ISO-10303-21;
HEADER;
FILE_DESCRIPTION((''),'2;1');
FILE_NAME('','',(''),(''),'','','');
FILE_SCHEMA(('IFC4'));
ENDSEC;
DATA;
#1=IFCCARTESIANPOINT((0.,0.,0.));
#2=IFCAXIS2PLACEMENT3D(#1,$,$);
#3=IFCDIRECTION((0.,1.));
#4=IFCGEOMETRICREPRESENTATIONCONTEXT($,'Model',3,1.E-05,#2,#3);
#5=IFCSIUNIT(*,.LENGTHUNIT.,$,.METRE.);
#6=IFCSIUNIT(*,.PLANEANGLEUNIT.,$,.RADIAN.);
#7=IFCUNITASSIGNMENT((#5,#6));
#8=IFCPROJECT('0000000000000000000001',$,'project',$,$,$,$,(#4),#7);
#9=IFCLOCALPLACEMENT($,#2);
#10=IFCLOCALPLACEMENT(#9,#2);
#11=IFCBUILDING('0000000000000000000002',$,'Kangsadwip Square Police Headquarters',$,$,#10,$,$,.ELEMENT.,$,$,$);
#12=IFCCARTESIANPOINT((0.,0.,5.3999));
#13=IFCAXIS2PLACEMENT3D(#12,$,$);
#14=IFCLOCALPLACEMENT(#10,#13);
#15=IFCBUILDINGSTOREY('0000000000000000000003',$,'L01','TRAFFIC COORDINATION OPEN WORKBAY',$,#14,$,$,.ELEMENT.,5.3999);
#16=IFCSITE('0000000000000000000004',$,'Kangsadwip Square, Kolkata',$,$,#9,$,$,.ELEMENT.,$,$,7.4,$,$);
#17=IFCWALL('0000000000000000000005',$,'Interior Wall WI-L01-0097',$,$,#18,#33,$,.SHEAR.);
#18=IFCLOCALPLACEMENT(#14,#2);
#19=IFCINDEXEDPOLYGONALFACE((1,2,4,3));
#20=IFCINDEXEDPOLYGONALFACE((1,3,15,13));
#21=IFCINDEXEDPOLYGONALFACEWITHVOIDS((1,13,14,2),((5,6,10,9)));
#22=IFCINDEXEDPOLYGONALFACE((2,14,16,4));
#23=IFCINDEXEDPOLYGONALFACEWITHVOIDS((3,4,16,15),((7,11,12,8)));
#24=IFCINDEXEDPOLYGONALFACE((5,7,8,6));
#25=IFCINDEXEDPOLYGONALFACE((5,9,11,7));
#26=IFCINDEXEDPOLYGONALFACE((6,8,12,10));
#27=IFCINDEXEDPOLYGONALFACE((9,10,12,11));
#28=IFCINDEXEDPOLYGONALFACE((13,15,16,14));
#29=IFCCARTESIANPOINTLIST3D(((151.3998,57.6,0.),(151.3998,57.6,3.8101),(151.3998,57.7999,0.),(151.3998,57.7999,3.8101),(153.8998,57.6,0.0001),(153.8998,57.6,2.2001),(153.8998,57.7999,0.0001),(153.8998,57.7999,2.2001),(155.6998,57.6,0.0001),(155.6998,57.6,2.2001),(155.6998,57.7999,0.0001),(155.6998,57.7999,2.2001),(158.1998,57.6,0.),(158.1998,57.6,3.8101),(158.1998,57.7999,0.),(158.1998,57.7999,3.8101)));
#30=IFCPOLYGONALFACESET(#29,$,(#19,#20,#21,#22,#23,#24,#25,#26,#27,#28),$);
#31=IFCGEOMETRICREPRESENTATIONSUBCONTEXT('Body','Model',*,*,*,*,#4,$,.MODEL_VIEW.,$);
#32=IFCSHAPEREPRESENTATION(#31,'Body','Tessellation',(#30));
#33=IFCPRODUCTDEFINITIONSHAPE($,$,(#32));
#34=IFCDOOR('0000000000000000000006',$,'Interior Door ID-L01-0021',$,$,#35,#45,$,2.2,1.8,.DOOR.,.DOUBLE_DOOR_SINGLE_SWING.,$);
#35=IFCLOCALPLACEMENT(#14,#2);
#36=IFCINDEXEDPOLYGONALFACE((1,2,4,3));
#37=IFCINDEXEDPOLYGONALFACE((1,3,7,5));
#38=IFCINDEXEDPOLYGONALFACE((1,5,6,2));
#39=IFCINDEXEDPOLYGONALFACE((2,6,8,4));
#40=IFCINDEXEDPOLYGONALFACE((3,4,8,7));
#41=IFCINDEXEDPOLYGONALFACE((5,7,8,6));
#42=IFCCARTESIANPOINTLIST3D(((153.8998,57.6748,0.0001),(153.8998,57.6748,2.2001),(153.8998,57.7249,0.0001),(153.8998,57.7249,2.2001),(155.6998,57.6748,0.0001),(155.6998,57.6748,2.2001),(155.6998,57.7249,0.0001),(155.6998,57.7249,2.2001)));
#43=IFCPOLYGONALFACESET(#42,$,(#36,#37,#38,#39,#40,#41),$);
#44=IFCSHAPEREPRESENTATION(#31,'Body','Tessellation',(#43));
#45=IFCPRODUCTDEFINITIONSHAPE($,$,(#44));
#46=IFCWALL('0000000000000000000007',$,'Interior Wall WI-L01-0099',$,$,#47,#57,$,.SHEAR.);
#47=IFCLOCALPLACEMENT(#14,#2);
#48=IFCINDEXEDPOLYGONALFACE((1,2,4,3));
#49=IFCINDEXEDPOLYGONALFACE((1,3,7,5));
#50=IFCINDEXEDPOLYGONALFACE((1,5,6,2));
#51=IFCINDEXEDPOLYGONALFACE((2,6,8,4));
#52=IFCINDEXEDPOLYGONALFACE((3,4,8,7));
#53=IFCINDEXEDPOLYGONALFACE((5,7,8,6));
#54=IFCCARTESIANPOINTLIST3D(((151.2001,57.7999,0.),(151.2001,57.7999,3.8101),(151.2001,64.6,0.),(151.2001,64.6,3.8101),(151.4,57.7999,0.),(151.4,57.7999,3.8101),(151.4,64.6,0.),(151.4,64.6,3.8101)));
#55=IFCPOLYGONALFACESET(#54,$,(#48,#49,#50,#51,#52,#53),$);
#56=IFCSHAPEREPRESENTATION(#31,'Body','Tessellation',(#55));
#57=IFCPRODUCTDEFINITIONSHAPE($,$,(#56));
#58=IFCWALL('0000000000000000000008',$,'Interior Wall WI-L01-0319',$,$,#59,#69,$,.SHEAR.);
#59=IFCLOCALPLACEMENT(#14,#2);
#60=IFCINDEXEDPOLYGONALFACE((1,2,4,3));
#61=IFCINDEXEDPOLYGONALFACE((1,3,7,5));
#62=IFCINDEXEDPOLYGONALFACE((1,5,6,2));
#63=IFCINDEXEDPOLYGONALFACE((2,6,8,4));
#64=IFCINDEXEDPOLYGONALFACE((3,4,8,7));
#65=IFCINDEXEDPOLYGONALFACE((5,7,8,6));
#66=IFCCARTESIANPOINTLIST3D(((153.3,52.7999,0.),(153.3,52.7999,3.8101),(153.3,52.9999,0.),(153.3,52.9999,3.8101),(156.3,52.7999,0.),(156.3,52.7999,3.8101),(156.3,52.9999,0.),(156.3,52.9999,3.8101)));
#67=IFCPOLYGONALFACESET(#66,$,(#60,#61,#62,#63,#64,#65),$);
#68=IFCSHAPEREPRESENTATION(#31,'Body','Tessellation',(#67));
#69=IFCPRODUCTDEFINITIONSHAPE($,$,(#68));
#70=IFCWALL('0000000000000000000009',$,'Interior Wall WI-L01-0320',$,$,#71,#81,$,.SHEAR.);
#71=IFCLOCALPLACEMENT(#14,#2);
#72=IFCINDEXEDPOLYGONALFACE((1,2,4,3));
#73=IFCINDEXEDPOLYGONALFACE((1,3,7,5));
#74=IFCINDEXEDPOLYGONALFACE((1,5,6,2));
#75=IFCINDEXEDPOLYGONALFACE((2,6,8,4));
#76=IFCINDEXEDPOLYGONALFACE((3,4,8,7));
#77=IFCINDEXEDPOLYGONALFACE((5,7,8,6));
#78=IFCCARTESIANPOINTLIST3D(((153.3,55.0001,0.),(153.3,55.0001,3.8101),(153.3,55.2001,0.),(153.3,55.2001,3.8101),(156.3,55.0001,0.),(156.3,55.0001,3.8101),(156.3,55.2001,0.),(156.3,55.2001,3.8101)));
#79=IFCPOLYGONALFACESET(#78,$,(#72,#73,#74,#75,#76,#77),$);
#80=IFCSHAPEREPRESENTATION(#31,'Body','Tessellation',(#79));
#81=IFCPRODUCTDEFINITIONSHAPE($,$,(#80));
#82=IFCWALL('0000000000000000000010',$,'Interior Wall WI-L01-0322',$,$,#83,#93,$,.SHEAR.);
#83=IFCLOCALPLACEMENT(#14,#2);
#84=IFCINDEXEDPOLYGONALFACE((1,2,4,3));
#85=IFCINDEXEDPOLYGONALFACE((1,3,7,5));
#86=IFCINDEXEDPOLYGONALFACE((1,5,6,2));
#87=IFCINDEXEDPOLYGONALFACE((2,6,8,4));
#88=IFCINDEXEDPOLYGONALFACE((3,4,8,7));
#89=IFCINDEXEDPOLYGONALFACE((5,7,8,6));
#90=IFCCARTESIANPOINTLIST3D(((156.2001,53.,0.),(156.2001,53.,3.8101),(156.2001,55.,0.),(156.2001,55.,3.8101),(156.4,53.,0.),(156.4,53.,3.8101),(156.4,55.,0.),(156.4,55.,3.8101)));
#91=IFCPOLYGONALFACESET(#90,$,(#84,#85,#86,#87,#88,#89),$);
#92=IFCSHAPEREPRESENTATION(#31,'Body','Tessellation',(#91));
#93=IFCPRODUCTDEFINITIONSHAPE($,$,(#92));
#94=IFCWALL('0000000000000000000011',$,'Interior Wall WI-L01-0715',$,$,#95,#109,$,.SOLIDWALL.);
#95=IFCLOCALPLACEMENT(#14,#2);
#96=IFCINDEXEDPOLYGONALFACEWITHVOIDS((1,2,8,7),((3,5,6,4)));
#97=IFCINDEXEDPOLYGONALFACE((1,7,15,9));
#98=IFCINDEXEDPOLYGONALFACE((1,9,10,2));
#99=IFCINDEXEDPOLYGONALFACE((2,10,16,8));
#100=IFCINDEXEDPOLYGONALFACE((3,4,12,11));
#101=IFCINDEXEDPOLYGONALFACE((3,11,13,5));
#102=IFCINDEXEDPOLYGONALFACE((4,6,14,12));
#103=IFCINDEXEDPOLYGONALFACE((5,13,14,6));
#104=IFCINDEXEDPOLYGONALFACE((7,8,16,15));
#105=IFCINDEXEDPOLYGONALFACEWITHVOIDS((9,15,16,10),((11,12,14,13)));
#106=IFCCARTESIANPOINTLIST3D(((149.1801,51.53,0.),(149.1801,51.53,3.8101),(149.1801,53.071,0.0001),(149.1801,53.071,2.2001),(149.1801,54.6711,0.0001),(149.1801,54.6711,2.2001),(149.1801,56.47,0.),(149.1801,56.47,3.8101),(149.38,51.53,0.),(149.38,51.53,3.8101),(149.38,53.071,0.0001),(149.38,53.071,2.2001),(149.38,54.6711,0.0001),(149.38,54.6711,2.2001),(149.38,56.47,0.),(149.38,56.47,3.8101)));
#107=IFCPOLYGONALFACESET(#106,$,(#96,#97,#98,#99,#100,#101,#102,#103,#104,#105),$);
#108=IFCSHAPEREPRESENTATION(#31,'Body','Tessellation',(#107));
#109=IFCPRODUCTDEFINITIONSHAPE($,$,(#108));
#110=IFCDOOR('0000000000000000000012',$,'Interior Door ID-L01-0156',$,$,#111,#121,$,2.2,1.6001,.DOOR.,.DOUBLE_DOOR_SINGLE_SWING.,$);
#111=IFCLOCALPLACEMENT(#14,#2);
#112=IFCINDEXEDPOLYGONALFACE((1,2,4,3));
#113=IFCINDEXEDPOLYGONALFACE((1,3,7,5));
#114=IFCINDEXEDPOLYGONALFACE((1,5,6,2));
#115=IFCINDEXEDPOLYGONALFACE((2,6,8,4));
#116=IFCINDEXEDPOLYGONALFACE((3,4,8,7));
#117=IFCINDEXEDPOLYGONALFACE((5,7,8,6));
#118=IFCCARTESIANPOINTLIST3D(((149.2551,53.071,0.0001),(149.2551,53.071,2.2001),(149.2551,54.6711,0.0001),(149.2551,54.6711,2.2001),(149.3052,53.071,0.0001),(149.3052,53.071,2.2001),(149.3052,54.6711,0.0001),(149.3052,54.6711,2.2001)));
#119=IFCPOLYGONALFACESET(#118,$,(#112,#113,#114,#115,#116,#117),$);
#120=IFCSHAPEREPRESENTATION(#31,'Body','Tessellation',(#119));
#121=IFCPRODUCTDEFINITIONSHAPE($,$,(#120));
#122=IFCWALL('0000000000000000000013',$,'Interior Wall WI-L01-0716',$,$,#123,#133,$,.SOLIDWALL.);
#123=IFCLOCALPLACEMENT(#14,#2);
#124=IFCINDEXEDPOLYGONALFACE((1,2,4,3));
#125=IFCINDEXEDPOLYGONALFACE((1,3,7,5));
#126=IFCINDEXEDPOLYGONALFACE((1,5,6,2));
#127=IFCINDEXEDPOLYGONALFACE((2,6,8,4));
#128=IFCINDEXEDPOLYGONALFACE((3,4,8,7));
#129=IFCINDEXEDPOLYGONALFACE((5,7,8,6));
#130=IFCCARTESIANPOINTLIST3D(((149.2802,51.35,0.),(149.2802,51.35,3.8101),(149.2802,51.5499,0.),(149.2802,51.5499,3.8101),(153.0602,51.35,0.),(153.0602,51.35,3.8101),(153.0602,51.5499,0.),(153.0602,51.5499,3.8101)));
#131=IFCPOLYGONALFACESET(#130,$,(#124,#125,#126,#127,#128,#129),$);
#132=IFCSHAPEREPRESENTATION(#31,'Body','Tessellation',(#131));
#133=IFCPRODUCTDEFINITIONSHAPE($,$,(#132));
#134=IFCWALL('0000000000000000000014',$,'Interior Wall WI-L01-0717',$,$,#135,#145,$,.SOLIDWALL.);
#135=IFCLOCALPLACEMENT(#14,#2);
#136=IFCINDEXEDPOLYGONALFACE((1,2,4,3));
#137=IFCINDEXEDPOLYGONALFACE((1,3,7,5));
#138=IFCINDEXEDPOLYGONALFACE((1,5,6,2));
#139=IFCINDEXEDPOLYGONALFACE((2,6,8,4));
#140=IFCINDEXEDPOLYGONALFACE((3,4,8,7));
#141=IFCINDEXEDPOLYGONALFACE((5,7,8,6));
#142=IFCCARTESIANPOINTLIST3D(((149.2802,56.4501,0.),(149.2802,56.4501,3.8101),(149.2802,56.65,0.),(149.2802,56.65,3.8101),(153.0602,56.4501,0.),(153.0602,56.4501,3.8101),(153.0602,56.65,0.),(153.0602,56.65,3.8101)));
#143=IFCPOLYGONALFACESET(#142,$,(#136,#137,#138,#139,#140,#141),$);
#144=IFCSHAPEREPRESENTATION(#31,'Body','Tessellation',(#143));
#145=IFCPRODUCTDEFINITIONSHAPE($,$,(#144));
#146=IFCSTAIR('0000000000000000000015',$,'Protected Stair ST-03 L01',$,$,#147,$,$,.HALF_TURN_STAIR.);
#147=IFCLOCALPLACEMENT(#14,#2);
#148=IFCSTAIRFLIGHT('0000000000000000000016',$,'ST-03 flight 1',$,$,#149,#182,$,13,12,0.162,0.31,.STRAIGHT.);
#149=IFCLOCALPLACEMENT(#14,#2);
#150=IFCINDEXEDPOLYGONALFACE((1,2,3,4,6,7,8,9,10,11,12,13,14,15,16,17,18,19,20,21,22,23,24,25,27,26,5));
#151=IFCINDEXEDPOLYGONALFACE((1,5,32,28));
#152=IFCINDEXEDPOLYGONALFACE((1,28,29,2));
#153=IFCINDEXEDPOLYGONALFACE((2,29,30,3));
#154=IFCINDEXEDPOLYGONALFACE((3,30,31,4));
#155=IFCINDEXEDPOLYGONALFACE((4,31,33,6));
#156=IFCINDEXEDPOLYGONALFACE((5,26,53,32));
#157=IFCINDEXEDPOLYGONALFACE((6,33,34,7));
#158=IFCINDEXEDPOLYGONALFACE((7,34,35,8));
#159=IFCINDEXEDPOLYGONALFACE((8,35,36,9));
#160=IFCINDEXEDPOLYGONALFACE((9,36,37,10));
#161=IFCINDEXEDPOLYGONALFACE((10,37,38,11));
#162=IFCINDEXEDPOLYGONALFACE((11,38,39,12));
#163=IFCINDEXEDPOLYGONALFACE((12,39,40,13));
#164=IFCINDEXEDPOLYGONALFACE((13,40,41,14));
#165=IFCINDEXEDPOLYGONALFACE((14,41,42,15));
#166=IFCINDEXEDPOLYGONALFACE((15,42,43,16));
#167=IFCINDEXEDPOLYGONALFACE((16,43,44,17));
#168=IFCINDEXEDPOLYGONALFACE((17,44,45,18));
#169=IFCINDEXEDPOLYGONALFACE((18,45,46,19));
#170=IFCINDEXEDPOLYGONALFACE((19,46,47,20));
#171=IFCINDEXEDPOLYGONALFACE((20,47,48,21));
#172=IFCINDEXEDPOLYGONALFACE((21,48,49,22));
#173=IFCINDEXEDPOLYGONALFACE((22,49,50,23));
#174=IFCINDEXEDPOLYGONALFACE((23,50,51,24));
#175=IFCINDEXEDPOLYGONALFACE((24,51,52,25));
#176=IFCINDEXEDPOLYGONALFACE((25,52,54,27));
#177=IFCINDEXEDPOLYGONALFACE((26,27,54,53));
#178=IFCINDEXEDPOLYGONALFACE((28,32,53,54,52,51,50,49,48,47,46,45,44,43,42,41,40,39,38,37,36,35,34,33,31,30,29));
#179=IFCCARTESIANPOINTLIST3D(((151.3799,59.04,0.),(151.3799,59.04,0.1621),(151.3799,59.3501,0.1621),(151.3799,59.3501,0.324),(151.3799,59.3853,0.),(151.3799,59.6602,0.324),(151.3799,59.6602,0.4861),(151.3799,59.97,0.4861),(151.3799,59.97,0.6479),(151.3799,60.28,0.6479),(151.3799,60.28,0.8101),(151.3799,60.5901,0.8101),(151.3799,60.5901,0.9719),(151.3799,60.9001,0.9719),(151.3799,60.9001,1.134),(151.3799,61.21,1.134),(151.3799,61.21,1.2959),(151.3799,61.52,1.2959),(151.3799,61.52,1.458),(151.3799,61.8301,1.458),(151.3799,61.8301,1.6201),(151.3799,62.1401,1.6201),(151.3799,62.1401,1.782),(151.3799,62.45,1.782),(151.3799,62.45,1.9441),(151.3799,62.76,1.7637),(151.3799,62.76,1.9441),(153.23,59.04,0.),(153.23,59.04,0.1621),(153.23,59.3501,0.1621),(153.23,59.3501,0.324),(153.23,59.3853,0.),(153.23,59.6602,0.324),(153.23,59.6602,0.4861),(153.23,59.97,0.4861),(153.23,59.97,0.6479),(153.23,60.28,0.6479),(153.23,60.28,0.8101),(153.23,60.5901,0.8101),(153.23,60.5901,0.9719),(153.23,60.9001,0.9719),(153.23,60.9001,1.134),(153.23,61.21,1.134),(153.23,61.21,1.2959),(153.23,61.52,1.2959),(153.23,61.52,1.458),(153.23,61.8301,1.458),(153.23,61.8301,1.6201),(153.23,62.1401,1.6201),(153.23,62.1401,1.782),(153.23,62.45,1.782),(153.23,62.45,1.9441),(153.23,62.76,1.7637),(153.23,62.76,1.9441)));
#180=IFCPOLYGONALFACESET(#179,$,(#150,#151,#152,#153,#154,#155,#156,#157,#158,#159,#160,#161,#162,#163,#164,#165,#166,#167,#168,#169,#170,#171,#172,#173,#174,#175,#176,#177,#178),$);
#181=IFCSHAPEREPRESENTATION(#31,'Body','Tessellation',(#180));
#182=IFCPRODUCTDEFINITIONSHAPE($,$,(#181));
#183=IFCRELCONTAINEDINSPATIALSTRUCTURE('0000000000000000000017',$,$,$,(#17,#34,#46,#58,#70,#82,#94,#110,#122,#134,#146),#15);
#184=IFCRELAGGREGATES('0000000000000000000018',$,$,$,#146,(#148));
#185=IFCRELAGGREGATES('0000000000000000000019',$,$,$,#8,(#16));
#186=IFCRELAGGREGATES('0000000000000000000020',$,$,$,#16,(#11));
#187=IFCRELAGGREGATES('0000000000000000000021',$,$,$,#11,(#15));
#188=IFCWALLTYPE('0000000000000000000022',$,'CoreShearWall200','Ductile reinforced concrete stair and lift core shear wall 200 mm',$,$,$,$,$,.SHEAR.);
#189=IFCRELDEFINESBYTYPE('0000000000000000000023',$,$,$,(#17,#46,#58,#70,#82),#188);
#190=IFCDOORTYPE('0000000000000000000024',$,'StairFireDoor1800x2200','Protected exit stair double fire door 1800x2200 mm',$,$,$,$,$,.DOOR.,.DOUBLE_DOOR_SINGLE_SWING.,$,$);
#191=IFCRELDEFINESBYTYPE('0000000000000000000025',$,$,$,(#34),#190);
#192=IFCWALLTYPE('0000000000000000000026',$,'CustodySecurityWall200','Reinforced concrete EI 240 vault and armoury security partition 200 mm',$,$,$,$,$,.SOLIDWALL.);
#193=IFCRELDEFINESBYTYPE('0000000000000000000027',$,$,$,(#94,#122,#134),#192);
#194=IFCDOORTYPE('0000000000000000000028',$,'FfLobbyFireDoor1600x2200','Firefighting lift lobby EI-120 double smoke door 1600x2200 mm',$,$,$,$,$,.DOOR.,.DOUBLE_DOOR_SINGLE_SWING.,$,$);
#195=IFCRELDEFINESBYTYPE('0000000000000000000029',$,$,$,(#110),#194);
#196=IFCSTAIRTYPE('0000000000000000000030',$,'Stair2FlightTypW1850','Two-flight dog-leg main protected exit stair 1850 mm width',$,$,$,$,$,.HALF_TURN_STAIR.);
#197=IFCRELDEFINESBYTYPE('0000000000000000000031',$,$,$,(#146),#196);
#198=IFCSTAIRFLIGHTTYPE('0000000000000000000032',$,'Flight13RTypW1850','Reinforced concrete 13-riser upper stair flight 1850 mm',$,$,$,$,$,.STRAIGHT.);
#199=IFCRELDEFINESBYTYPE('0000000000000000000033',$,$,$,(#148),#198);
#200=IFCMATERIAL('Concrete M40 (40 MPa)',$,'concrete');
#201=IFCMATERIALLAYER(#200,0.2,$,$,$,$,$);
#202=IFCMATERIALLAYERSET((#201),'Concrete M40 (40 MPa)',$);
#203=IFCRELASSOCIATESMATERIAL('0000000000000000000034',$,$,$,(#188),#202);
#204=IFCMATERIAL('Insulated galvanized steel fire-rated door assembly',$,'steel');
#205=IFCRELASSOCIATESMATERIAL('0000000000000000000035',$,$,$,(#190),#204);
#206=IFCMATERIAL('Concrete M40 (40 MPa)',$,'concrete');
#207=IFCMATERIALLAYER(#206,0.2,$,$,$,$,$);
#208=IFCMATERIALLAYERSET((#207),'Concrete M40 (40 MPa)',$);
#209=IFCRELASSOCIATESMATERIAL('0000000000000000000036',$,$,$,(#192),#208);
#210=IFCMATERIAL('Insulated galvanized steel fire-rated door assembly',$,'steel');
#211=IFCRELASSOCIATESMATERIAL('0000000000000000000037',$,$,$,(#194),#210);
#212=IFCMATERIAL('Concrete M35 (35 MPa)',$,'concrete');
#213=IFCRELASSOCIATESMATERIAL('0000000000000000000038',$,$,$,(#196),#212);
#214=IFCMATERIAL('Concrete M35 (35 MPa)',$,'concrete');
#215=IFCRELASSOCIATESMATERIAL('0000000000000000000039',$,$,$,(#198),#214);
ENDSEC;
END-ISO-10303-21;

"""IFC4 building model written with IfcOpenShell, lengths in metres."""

from ifc_helpers import new_model, si_unit, direction, frame, frame_2d, origin, place, context, subcontext, project, spatial, polyline, rectangle, outline, extrude, material, layer, layer_set, type_object, element, fill, aggregate, save


model = new_model("IFC4")

# Units and contexts
model_context = context("Model", 3, precision=1e-05, world=origin(), true_north=direction((0.0, 1.0)))
body_context = subcontext(model_context, "Body", "Model", "MODEL_VIEW")
ifc_project = project(units=[si_unit("LENGTHUNIT", "METRE"), si_unit("PLANEANGLEUNIT", "RADIAN")], contexts=[model_context])

# Site, building, storey
site_placement = place(None, origin())
site = spatial("IfcSite", under=ifc_project, at=site_placement, Name="Kangsadwip Square, Kolkata", CompositionType="ELEMENT", RefElevation=7.4)
building_placement = place(site_placement, origin())
building = spatial("IfcBuilding", under=site, at=building_placement, Name="Kangsadwip Square Police Headquarters", CompositionType="ELEMENT")
storey_placement = place(building_placement, frame((0.0, 0.0, 5.3999)))
storey = spatial("IfcBuildingStorey", under=building, at=storey_placement, Name="L01", Description="TRAFFIC COORDINATION OPEN WORKBAY", CompositionType="ELEMENT", Elevation=5.3999)

# Wall, opening, door
ifc_material_1 = material(Name="Concrete M40 (40 MPa)", Category="concrete")
ifc_layer_1 = layer(ifc_material_1, 0.2)
ifc_layer_set_1 = layer_set([ifc_layer_1], Name="Concrete M40 (40 MPa)")
wall_type_1 = type_object("IfcWallType", Name="CoreShearWall200", Description="Ductile reinforced concrete stair and lift core shear wall 200 mm", PredefinedType="SHEAR", material=ifc_layer_set_1)
wall_1_placement = place(storey_placement, frame((151.3999, 57.7, 0.0), z_axis=(0.0, 0.0, 1.0), x_axis=(1.0, 0.0, 0.0)))
wall_1 = element("IfcWall", 1, at=wall_1_placement, inside=storey, type_object=wall_type_1, Name="Interior Wall WI-L01-0097", PredefinedType="SHEAR", context=body_context, shape_type="SweptSolid", body=[
    extrude(rectangle(XDim=6.8, YDim=0.2, at=frame_2d((3.3999, 0.0))), origin(), (0.0, 0.0, 1.0), 3.8101),
])
opening_1_placement = place(wall_1_placement, frame((2.5, 0.0, 0.0)))
opening_1 = element("IfcOpeningElement", 2, at=opening_1_placement, cuts=wall_1, PredefinedType="OPENING", context=body_context, shape_type="SweptSolid", body=[
    extrude(rectangle(XDim=1.8, YDim=2.2, at=frame_2d((0.8999, 1.1001))), frame((0.0, 0.1099, 0.0), z_axis=(0.0, -1.0, 0.0), x_axis=(1.0, 0.0, 0.0)), (0.0, 0.0, 1.0), 0.22),
])
ifc_material_2 = material(Name="Insulated galvanized steel fire-rated door assembly", Category="steel")
door_type_1 = type_object("IfcDoorType", Name="StairFireDoor1800x2200", Description="Protected exit stair double fire door 1800x2200 mm", OperationType="DOUBLE_DOOR_SINGLE_SWING", PredefinedType="DOOR", material=ifc_material_2)
door_1_placement = place(opening_1_placement, origin())
door_1 = element("IfcDoor", 3, at=door_1_placement, inside=storey, type_object=door_type_1, Name="Interior Door ID-L01-0021", OperationType="DOUBLE_DOOR_SINGLE_SWING", OverallHeight=2.2, OverallWidth=1.8, PredefinedType="DOOR", context=body_context, shape_type="SweptSolid", body=[
    extrude(rectangle(XDim=1.8, YDim=2.2, at=frame_2d((0.8999, 1.1001))), frame((0.0, 0.0249, 0.0), z_axis=(0.0, -1.0, 0.0), x_axis=(1.0, 0.0, 0.0)), (0.0, 0.0, 1.0), 0.05),
])
fill(opening_1, door_1)

# Walls
wall_2_placement = place(storey_placement, frame((151.3, 57.8, 0.0), z_axis=(0.0, 0.0, 1.0), x_axis=(0.0, 1.0, 0.0)))
element("IfcWall", 4, at=wall_2_placement, inside=storey, type_object=wall_type_1, Name="Interior Wall WI-L01-0099", PredefinedType="SHEAR", context=body_context, shape_type="SweptSolid", body=[
    extrude(rectangle(XDim=6.8, YDim=0.2, at=frame_2d((3.3999, 0.0))), origin(), (0.0, 0.0, 1.0), 3.8101),
])
for number, where, z_axis, x_axis, name in (
    (5, (153.3, 52.8999, 0.0), (0.0, 0.0, 1.0), (1.0, 0.0, 0.0), "Interior Wall WI-L01-0319"),
    (6, (153.3, 55.1001, 0.0), (0.0, 0.0, 1.0), (1.0, 0.0, 0.0), "Interior Wall WI-L01-0320"),
):
    element("IfcWall", number, at=place(storey_placement, frame(where, z_axis=z_axis, x_axis=x_axis)), inside=storey, type_object=wall_type_1, Name=name, PredefinedType="SHEAR", context=body_context, shape_type="SweptSolid", body=[
        extrude(rectangle(XDim=3.0, YDim=0.2, at=frame_2d((1.5, 0.0))), origin(), (0.0, 0.0, 1.0), 3.8101),
    ])

# Wall
wall_3_placement = place(storey_placement, frame((156.3, 53.0, 0.0), z_axis=(0.0, 0.0, 1.0), x_axis=(0.0, 1.0, 0.0)))
element("IfcWall", 7, at=wall_3_placement, inside=storey, type_object=wall_type_1, Name="Interior Wall WI-L01-0322", PredefinedType="SHEAR", context=body_context, shape_type="SweptSolid", body=[
    extrude(rectangle(XDim=2.0, YDim=0.2, at=frame_2d((1.0, 0.0))), origin(), (0.0, 0.0, 1.0), 3.8101),
])

# Wall, opening, door
ifc_material_3 = material(Name="Concrete M40 (40 MPa)", Category="concrete")
ifc_layer_2 = layer(ifc_material_3, 0.2)
ifc_layer_set_2 = layer_set([ifc_layer_2], Name="Concrete M40 (40 MPa)")
wall_type_2 = type_object("IfcWallType", Name="CustodySecurityWall200", Description="Reinforced concrete EI 240 vault and armoury security partition 200 mm", PredefinedType="SOLIDWALL", material=ifc_layer_set_2)
wall_4_placement = place(storey_placement, frame((149.28, 51.53, 0.0), z_axis=(0.0, 0.0, 1.0), x_axis=(0.0, 1.0, 0.0)))
wall_4 = element("IfcWall", 8, at=wall_4_placement, inside=storey, type_object=wall_type_2, Name="Interior Wall WI-L01-0715", PredefinedType="SOLIDWALL", context=body_context, shape_type="SweptSolid", body=[
    extrude(rectangle(XDim=4.9399, YDim=0.2, at=frame_2d((2.47, 0.0))), origin(), (0.0, 0.0, 1.0), 3.8101),
])
opening_2_placement = place(wall_4_placement, frame((1.541, 0.0, 0.0)))
opening_2 = element("IfcOpeningElement", 9, at=opening_2_placement, cuts=wall_4, PredefinedType="OPENING", context=body_context, shape_type="SweptSolid", body=[
    extrude(rectangle(XDim=1.6001, YDim=2.2, at=frame_2d((0.8, 1.1001))), frame((0.0, 0.1099, 0.0), z_axis=(0.0, -1.0, 0.0), x_axis=(1.0, 0.0, 0.0)), (0.0, 0.0, 1.0), 0.22),
])
ifc_material_4 = material(Name="Insulated galvanized steel fire-rated door assembly", Category="steel")
door_type_2 = type_object("IfcDoorType", Name="FfLobbyFireDoor1600x2200", Description="Firefighting lift lobby EI-120 double smoke door 1600x2200 mm", OperationType="DOUBLE_DOOR_SINGLE_SWING", PredefinedType="DOOR", material=ifc_material_4)
door_2_placement = place(opening_2_placement, origin())
door_2 = element("IfcDoor", 10, at=door_2_placement, inside=storey, type_object=door_type_2, Name="Interior Door ID-L01-0156", OperationType="DOUBLE_DOOR_SINGLE_SWING", OverallHeight=2.2, OverallWidth=1.6001, PredefinedType="DOOR", context=body_context, shape_type="SweptSolid", body=[
    extrude(rectangle(XDim=1.6001, YDim=2.2, at=frame_2d((0.8, 1.1001))), frame((0.0, 0.0249, 0.0), z_axis=(0.0, -1.0, 0.0), x_axis=(1.0, 0.0, 0.0)), (0.0, 0.0, 1.0), 0.05),
])
fill(opening_2, door_2)

# Walls
for number, where, z_axis, x_axis, name in (
    (11, (149.28, 51.45, 0.0), (0.0, 0.0, 1.0), (1.0, 0.0, 0.0), "Interior Wall WI-L01-0716"),
    (12, (149.28, 56.55, 0.0), (0.0, 0.0, 1.0), (1.0, 0.0, 0.0), "Interior Wall WI-L01-0717"),
):
    element("IfcWall", number, at=place(storey_placement, frame(where, z_axis=z_axis, x_axis=x_axis)), inside=storey, type_object=wall_type_2, Name=name, PredefinedType="SOLIDWALL", context=body_context, shape_type="SweptSolid", body=[
        extrude(rectangle(XDim=3.78, YDim=0.2, at=frame_2d((1.8901, 0.0))), origin(), (0.0, 0.0, 1.0), 3.8101),
    ])

# Stair, stair flight
ifc_material_5 = material(Name="Concrete M35 (35 MPa)", Category="concrete")
stair_type = type_object("IfcStairType", Name="Stair2FlightTypW1850", Description="Two-flight dog-leg main protected exit stair 1850 mm width", PredefinedType="HALF_TURN_STAIR", material=ifc_material_5)
stair_placement = place(storey_placement, origin())
stair = element("IfcStair", 13, at=stair_placement, inside=storey, type_object=stair_type, Name="Protected Stair ST-03 L01", PredefinedType="HALF_TURN_STAIR")
ifc_material_6 = material(Name="Concrete M35 (35 MPa)", Category="concrete")
stair_flight_type = type_object("IfcStairFlightType", Name="Flight13RTypW1850", Description="Reinforced concrete 13-riser upper stair flight 1850 mm", PredefinedType="STRAIGHT", material=ifc_material_6)
stair_flight_placement = place(storey_placement, frame((152.3049, 59.04, 0.0), z_axis=(0.0, 0.0, 1.0), x_axis=(0.0, 1.0, 0.0)))
stair_flight = element("IfcStairFlight", 14, at=stair_flight_placement, type_object=stair_flight_type, Name="ST-03 flight 1", NumberOfRisers=13, NumberOfTreads=12, PredefinedType="STRAIGHT", RiserHeight=0.162, TreadLength=0.31, context=body_context, shape_type="SweptSolid", body=[
    extrude(outline(polyline([(0.0, 0.0), (0.0, 0.1621), (0.3101, 0.1621), (0.3101, 0.324), (0.6201, 0.324), (0.6201, 0.4861), (0.9299, 0.4861), (0.9299, 0.6479), (1.24, 0.6479), (1.24, 0.8101), (1.55, 0.8101), (1.55, 0.9719), (1.8601, 0.9719), (1.8601, 1.134), (2.1699, 1.134), (2.1699, 1.2959), (2.48, 1.2959), (2.48, 1.458), (2.79, 1.458), (2.79, 1.6201), (3.1001, 1.6201), (3.1001, 1.782), (3.4099, 1.782), (3.4099, 1.9441), (3.72, 1.9441), (3.72, 2.106), (3.72, 1.7637), (0.3452, 0.0), (0.0, 0.0)])), frame((0.0, 0.925, 0.0), z_axis=(0.0, -1.0, 0.0), x_axis=(1.0, 0.0, 0.0)), (0.0, 0.0, 1.0), 1.8501),
])
aggregate(stair, [stair_flight])

save(model, "model.ifc")
